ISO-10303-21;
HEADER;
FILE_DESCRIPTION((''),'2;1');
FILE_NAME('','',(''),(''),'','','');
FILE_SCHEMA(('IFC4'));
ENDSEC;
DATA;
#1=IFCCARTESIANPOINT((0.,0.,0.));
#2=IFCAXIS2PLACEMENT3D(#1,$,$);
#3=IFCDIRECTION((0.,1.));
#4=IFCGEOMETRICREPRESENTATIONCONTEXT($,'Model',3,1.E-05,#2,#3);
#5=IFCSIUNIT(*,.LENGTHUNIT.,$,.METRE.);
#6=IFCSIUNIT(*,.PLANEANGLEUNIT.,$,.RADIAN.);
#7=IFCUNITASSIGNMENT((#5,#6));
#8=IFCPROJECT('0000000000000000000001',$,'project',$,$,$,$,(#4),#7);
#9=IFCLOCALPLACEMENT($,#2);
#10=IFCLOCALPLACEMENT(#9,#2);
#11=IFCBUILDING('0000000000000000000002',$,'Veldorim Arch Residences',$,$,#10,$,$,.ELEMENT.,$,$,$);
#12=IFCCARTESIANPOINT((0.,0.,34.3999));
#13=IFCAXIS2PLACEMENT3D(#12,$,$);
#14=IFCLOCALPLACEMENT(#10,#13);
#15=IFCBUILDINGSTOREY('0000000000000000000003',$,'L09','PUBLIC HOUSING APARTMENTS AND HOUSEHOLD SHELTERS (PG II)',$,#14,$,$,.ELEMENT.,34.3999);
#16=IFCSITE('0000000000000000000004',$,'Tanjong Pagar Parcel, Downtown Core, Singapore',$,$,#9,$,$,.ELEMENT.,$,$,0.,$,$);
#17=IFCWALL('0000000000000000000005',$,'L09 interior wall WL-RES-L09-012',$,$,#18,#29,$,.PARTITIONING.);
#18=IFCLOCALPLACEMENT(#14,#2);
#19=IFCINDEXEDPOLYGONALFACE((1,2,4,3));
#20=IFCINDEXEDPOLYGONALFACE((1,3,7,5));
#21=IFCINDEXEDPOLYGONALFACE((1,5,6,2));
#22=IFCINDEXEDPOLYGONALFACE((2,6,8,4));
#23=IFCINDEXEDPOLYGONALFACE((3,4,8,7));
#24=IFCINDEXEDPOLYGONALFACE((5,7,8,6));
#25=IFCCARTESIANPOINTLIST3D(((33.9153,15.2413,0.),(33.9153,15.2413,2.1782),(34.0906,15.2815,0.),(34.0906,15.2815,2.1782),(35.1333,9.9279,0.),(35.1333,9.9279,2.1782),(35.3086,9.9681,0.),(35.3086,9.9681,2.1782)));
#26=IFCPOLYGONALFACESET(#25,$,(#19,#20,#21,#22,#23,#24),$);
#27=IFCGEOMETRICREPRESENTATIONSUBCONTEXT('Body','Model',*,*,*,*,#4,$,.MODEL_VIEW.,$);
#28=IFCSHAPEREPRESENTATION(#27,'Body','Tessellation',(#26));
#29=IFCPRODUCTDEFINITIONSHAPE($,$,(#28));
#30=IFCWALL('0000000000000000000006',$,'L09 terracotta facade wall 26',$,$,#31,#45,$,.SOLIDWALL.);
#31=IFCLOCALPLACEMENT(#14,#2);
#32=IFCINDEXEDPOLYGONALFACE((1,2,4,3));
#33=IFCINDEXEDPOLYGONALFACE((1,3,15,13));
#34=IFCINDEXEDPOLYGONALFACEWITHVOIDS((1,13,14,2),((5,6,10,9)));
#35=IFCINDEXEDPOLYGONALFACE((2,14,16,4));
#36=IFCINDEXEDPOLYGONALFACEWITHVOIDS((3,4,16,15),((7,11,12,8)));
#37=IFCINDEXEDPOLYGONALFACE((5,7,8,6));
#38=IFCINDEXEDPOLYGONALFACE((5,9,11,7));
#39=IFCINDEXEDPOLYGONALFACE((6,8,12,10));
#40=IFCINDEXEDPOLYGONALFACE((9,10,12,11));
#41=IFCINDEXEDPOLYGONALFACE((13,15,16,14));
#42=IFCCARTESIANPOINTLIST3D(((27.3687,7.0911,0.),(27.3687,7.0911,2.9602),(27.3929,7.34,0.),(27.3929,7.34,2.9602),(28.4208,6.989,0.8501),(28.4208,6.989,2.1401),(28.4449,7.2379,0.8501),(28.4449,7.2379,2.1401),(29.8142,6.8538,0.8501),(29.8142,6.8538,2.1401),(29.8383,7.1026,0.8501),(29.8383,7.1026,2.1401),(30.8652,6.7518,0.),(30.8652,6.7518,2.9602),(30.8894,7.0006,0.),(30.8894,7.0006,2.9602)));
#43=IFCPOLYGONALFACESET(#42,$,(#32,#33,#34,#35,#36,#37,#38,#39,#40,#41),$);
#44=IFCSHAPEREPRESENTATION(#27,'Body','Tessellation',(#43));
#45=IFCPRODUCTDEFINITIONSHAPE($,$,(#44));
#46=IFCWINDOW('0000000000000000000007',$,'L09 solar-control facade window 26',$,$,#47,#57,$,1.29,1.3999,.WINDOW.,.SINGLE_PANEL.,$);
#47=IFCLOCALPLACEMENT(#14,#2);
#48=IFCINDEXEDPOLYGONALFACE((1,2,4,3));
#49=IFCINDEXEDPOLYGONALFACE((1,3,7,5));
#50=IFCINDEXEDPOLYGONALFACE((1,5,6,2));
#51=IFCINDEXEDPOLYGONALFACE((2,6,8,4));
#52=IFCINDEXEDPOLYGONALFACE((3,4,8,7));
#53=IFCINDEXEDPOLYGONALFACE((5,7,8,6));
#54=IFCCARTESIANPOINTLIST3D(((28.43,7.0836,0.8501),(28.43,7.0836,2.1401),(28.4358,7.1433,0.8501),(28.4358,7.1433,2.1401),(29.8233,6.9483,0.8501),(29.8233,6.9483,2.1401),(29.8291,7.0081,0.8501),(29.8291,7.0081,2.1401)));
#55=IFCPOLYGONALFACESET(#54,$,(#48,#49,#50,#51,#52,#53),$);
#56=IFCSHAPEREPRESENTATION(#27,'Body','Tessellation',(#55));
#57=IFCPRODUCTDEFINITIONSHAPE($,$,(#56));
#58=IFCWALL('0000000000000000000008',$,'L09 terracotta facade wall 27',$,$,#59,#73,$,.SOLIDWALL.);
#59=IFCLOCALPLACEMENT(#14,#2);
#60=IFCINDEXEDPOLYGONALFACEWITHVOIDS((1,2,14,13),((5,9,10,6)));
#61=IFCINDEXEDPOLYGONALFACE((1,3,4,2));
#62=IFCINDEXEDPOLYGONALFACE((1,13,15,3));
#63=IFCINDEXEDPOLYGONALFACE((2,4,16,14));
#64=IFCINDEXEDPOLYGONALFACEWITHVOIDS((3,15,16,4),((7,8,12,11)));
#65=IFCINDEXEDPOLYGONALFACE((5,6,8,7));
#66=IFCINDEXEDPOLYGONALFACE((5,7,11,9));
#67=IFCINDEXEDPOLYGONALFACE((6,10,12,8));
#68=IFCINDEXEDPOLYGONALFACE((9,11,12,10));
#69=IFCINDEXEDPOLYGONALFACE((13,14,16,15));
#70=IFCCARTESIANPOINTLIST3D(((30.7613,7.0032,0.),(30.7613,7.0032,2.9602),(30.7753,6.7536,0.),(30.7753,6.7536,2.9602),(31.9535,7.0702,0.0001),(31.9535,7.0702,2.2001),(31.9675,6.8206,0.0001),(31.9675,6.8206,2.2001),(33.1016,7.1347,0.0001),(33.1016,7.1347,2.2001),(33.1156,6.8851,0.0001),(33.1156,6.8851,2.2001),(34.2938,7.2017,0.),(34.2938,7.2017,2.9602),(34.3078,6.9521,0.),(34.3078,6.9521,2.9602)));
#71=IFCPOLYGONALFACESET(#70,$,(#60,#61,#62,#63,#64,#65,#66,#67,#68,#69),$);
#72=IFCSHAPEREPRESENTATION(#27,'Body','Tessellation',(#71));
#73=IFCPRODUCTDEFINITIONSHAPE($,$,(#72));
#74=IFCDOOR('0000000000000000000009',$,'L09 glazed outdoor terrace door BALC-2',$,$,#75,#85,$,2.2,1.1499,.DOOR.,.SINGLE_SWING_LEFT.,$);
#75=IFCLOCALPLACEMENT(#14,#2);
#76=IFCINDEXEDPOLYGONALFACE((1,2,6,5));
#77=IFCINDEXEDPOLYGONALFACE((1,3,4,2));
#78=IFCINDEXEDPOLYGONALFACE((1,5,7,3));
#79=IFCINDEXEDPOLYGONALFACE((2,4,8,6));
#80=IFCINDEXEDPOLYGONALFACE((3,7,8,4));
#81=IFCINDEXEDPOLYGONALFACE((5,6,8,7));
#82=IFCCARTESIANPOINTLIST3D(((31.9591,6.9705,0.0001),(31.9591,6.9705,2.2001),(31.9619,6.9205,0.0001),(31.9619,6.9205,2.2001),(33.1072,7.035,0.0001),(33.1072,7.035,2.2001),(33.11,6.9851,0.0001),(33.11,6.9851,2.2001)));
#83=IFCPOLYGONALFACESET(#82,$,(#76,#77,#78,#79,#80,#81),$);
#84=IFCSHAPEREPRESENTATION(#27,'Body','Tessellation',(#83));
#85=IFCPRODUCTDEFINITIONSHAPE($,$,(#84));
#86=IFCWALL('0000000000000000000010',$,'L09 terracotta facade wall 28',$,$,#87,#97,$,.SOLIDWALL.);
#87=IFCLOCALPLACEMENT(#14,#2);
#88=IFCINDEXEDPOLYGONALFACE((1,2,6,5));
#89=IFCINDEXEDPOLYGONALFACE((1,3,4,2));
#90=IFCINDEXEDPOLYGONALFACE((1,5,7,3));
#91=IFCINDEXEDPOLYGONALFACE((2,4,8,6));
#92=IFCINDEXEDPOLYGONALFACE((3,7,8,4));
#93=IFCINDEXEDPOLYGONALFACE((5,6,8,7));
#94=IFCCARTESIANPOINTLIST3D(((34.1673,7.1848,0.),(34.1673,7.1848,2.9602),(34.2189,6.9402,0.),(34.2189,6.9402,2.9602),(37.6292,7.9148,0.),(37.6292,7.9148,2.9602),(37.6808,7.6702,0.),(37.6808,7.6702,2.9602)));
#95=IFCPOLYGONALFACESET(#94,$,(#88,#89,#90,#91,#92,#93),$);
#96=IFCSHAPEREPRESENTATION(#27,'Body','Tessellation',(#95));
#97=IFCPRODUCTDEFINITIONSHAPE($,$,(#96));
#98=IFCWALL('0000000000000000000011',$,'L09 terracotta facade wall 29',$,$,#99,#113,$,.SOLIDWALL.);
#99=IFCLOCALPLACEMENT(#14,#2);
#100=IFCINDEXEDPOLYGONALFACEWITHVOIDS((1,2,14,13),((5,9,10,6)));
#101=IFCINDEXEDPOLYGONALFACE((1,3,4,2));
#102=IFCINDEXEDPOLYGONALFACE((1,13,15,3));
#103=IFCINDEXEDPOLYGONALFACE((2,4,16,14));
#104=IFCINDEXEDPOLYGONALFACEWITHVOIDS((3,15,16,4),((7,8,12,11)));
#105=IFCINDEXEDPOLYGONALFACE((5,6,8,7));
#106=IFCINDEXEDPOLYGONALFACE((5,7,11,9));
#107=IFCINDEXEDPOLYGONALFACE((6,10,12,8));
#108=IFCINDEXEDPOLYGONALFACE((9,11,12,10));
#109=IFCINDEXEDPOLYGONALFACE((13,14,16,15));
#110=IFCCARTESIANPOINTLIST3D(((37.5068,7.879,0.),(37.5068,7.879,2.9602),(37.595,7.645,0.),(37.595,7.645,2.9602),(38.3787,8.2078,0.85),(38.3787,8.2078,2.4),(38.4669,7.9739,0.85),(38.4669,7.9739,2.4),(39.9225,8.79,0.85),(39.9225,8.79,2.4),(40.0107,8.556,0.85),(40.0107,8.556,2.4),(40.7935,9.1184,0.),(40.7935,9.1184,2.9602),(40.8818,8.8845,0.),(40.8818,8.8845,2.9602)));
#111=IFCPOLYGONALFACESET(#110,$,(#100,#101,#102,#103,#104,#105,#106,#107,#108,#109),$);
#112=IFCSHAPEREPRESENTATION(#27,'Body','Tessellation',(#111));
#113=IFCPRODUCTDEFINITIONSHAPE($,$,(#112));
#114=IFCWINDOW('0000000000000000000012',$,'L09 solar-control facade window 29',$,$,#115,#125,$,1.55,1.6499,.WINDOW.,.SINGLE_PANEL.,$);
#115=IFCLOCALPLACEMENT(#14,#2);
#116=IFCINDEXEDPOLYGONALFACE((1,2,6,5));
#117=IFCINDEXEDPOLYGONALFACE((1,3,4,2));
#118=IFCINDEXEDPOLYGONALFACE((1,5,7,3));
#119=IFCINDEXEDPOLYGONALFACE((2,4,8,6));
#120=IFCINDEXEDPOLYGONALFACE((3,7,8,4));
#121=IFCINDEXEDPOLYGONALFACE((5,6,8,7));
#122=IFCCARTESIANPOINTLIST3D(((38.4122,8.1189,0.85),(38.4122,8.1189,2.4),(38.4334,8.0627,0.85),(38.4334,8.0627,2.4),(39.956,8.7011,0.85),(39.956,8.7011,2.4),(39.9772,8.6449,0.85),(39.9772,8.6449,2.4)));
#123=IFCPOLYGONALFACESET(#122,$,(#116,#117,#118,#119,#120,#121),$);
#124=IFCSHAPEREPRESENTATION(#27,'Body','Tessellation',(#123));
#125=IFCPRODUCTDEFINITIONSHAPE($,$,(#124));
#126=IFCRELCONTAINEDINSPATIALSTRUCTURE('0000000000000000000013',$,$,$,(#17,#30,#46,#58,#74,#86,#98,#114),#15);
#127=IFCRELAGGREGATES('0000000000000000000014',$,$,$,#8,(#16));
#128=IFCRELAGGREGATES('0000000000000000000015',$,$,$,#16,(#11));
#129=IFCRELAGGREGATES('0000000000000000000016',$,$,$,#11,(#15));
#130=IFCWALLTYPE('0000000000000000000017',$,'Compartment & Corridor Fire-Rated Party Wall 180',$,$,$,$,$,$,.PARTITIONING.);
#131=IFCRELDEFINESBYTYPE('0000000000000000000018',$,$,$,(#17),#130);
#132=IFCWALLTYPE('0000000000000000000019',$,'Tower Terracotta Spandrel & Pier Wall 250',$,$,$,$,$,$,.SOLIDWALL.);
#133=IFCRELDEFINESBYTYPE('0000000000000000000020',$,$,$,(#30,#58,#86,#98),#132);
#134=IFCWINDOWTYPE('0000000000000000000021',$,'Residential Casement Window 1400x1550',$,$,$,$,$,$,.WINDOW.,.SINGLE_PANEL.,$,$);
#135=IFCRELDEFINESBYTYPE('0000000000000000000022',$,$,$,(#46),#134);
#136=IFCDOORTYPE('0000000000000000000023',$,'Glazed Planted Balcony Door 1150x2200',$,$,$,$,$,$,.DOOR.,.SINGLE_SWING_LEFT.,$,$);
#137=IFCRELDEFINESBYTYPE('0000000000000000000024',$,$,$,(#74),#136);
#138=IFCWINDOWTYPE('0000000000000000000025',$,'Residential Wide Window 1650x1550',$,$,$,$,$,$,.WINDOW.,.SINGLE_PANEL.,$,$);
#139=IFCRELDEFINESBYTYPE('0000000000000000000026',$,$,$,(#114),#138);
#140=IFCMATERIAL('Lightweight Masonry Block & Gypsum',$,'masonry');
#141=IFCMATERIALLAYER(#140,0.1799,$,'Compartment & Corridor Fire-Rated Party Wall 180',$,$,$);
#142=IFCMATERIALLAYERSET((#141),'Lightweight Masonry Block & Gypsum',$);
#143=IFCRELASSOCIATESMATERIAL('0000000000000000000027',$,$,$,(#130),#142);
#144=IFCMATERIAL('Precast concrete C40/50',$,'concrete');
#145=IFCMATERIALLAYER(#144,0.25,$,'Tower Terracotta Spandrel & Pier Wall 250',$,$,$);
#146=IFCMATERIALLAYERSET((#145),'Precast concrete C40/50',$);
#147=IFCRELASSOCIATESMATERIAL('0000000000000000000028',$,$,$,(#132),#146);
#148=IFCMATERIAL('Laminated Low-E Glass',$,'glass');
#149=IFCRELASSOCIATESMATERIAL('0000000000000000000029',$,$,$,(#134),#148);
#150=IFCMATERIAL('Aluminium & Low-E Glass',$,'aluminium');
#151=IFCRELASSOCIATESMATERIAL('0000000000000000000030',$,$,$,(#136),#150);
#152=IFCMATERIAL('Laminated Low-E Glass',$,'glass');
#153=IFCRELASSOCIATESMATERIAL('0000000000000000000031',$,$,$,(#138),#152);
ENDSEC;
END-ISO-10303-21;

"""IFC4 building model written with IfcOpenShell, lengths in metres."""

from ifc_helpers import new_model, si_unit, direction, frame, frame_2d, origin, place, context, subcontext, project, spatial, rectangle, extrude, material, layer, layer_set, type_object, element, fill, save


model = new_model("IFC4")

# Units and contexts
model_context = context("Model", 3, precision=1e-05, world=origin(), true_north=direction((0.0, 1.0)))
body_context = subcontext(model_context, "Body", "Model", "MODEL_VIEW")
ifc_project = project(units=[si_unit("LENGTHUNIT", "METRE"), si_unit("PLANEANGLEUNIT", "RADIAN")], contexts=[model_context])

# Site, building, storey
site_placement = place(None, origin())
site = spatial("IfcSite", under=ifc_project, at=site_placement, Name="Tanjong Pagar Parcel, Downtown Core, Singapore", CompositionType="ELEMENT", RefElevation=0.0)
building_placement = place(site_placement, origin())
building = spatial("IfcBuilding", under=site, at=building_placement, Name="Veldorim Arch Residences", CompositionType="ELEMENT")
storey_placement = place(building_placement, frame((0.0, 0.0, 34.3999)))
storey = spatial("IfcBuildingStorey", under=building, at=storey_placement, Name="L09", Description="PUBLIC HOUSING APARTMENTS AND HOUSEHOLD SHELTERS (PG II)", CompositionType="ELEMENT", Elevation=34.3999)

# Wall
ifc_material_1 = material(Name="Lightweight Masonry Block & Gypsum", Category="masonry")
ifc_layer_1 = layer(ifc_material_1, 0.1799, Name="Compartment & Corridor Fire-Rated Party Wall 180")
ifc_layer_set_1 = layer_set([ifc_layer_1], Name="Lightweight Masonry Block & Gypsum")
wall_type_1 = type_object("IfcWallType", Name="Compartment & Corridor Fire-Rated Party Wall 180", PredefinedType="PARTITIONING", material=ifc_layer_set_1)
wall_1_placement = place(storey_placement, frame((35.2209, 9.948, 0.0), z_axis=(0.0, 0.0, 1.0), x_axis=(-0.223436, 0.974719, 0.0)))
element("IfcWall", 1, at=wall_1_placement, inside=storey, type_object=wall_type_1, Name="L09 interior wall WL-RES-L09-012", PredefinedType="PARTITIONING", context=body_context, shape_type="SweptSolid", body=[
    extrude(rectangle(XDim=5.4512, YDim=0.1799, at=frame_2d((2.7256, 0.0))), origin(), (0.0, 0.0, 1.0), 2.1782),
])

# Wall, opening, window
ifc_material_2 = material(Name="Precast concrete C40/50", Category="concrete")
ifc_layer_2 = layer(ifc_material_2, 0.25, Name="Tower Terracotta Spandrel & Pier Wall 250")
ifc_layer_set_2 = layer_set([ifc_layer_2], Name="Precast concrete C40/50")
wall_type_2 = type_object("IfcWallType", Name="Tower Terracotta Spandrel & Pier Wall 250", PredefinedType="SOLIDWALL", material=ifc_layer_set_2)
wall_2_placement = place(storey_placement, frame((30.8772, 6.8762, 0.0), z_axis=(0.0, 0.0, 1.0), x_axis=(-0.995323, 0.0966, 0.0)))
wall_2 = element("IfcWall", 2, at=wall_2_placement, inside=storey, type_object=wall_type_2, Name="L09 terracotta facade wall 26", PredefinedType="SOLIDWALL", context=body_context, shape_type="SweptSolid", body=[
    extrude(rectangle(XDim=3.5129, YDim=0.25, at=frame_2d((1.7563, 0.0))), origin(), (0.0, 0.0, 1.0), 2.9602),
])
opening_1_placement = place(wall_2_placement, frame((1.0559, 0.0, 0.8501)))
opening_1 = element("IfcOpeningElement", 3, at=opening_1_placement, cuts=wall_2, PredefinedType="OPENING", context=body_context, shape_type="SweptSolid", body=[
    extrude(rectangle(XDim=1.3999, YDim=1.29, at=frame_2d((0.7, 0.645))), frame((0.0, 0.135, 0.0), z_axis=(0.0, -1.0, 0.0), x_axis=(1.0, 0.0, 0.0)), (0.0, 0.0, 1.0), 0.27),
])
ifc_material_3 = material(Name="Laminated Low-E Glass", Category="glass")
window_type_1 = type_object("IfcWindowType", Name="Residential Casement Window 1400x1550", PartitioningType="SINGLE_PANEL", PredefinedType="WINDOW", material=ifc_material_3)
window_1_placement = place(opening_1_placement, origin())
window_1 = element("IfcWindow", 4, at=window_1_placement, inside=storey, type_object=window_type_1, Name="L09 solar-control facade window 26", OverallHeight=1.29, OverallWidth=1.3999, PartitioningType="SINGLE_PANEL", PredefinedType="WINDOW", context=body_context, shape_type="SweptSolid", body=[
    extrude(rectangle(XDim=1.3999, YDim=1.29, at=frame_2d((0.7, 0.645))), frame((0.0, 0.03, 0.0), z_axis=(0.0, -1.0, 0.0), x_axis=(1.0, 0.0, 0.0)), (0.0, 0.0, 1.0), 0.0601),
])
fill(opening_1, window_1)

# Wall, opening, door
wall_3_placement = place(storey_placement, frame((34.3008, 7.0769, 0.0), z_axis=(0.0, 0.0, 1.0), x_axis=(-0.998425, -0.056101, 0.0)))
wall_3 = element("IfcWall", 5, at=wall_3_placement, inside=storey, type_object=wall_type_2, Name="L09 terracotta facade wall 27", PredefinedType="SOLIDWALL", context=body_context, shape_type="SweptSolid", body=[
    extrude(rectangle(XDim=3.5381, YDim=0.25, at=frame_2d((1.769, 0.0))), origin(), (0.0, 0.0, 1.0), 2.9602),
])
opening_2_placement = place(wall_3_placement, frame((1.1941, 0.0, 0.0)))
opening_2 = element("IfcOpeningElement", 6, at=opening_2_placement, cuts=wall_3, PredefinedType="OPENING", context=body_context, shape_type="SweptSolid", body=[
    extrude(rectangle(XDim=1.1499, YDim=2.2, at=frame_2d((0.575, 1.1001))), frame((0.0, 0.135, 0.0), z_axis=(0.0, -1.0, 0.0), x_axis=(1.0, 0.0, 0.0)), (0.0, 0.0, 1.0), 0.27),
])
ifc_material_4 = material(Name="Aluminium & Low-E Glass", Category="aluminium")
door_type = type_object("IfcDoorType", Name="Glazed Planted Balcony Door 1150x2200", OperationType="SINGLE_SWING_LEFT", PredefinedType="DOOR", material=ifc_material_4)
door_placement = place(opening_2_placement, origin())
door = element("IfcDoor", 7, at=door_placement, inside=storey, type_object=door_type, Name="L09 glazed outdoor terrace door BALC-2", OperationType="SINGLE_SWING_LEFT", OverallHeight=2.2, OverallWidth=1.1499, PredefinedType="DOOR", context=body_context, shape_type="SweptSolid", body=[
    extrude(rectangle(XDim=1.1499, YDim=2.2, at=frame_2d((0.575, 1.1001))), frame((0.0, 0.0249, 0.0), z_axis=(0.0, -1.0, 0.0), x_axis=(1.0, 0.0, 0.0)), (0.0, 0.0, 1.0), 0.05),
])
fill(opening_2, door)

# Wall
wall_4_placement = place(storey_placement, frame((37.655, 7.7925, 0.0), z_axis=(0.0, 0.0, 1.0), x_axis=(-0.978484, -0.206323, 0.0)))
element("IfcWall", 8, at=wall_4_placement, inside=storey, type_object=wall_type_2, Name="L09 terracotta facade wall 28", PredefinedType="SOLIDWALL", context=body_context, shape_type="SweptSolid", body=[
    extrude(rectangle(XDim=3.5381, YDim=0.25, at=frame_2d((1.769, 0.0))), origin(), (0.0, 0.0, 1.0), 2.9602),
])

# Wall, opening, window
wall_5_placement = place(storey_placement, frame((40.8376, 9.0015, 0.0), z_axis=(0.0, 0.0, 1.0), x_axis=(-0.935679, -0.352852, 0.0)))
wall_5 = element("IfcWall", 9, at=wall_5_placement, inside=storey, type_object=wall_type_2, Name="L09 terracotta facade wall 29", PredefinedType="SOLIDWALL", context=body_context, shape_type="SweptSolid", body=[
    extrude(rectangle(XDim=3.5127, YDim=0.25, at=frame_2d((1.7563, 0.0))), origin(), (0.0, 0.0, 1.0), 2.9602),
])
opening_3_placement = place(wall_5_placement, frame((0.9309, 0.0, 0.8501)))
opening_3 = element("IfcOpeningElement", 10, at=opening_3_placement, cuts=wall_5, PredefinedType="OPENING", context=body_context, shape_type="SweptSolid", body=[
    extrude(rectangle(XDim=1.6499, YDim=1.55, at=frame_2d((0.825, 0.7749))), frame((0.0, 0.135, 0.0), z_axis=(0.0, -1.0, 0.0), x_axis=(1.0, 0.0, 0.0)), (0.0, 0.0, 1.0), 0.27),
])
ifc_material_5 = material(Name="Laminated Low-E Glass", Category="glass")
window_type_2 = type_object("IfcWindowType", Name="Residential Wide Window 1650x1550", PartitioningType="SINGLE_PANEL", PredefinedType="WINDOW", material=ifc_material_5)
window_2_placement = place(opening_3_placement, origin())
window_2 = element("IfcWindow", 11, at=window_2_placement, inside=storey, type_object=window_type_2, Name="L09 solar-control facade window 29", OverallHeight=1.55, OverallWidth=1.6499, PartitioningType="SINGLE_PANEL", PredefinedType="WINDOW", context=body_context, shape_type="SweptSolid", body=[
    extrude(rectangle(XDim=1.6499, YDim=1.55, at=frame_2d((0.825, 0.7749))), frame((0.0, 0.03, 0.0), z_axis=(0.0, -1.0, 0.0), x_axis=(1.0, 0.0, 0.0)), (0.0, 0.0, 1.0), 0.0601),
])
fill(opening_3, window_2)

save(model, "model.ifc")
